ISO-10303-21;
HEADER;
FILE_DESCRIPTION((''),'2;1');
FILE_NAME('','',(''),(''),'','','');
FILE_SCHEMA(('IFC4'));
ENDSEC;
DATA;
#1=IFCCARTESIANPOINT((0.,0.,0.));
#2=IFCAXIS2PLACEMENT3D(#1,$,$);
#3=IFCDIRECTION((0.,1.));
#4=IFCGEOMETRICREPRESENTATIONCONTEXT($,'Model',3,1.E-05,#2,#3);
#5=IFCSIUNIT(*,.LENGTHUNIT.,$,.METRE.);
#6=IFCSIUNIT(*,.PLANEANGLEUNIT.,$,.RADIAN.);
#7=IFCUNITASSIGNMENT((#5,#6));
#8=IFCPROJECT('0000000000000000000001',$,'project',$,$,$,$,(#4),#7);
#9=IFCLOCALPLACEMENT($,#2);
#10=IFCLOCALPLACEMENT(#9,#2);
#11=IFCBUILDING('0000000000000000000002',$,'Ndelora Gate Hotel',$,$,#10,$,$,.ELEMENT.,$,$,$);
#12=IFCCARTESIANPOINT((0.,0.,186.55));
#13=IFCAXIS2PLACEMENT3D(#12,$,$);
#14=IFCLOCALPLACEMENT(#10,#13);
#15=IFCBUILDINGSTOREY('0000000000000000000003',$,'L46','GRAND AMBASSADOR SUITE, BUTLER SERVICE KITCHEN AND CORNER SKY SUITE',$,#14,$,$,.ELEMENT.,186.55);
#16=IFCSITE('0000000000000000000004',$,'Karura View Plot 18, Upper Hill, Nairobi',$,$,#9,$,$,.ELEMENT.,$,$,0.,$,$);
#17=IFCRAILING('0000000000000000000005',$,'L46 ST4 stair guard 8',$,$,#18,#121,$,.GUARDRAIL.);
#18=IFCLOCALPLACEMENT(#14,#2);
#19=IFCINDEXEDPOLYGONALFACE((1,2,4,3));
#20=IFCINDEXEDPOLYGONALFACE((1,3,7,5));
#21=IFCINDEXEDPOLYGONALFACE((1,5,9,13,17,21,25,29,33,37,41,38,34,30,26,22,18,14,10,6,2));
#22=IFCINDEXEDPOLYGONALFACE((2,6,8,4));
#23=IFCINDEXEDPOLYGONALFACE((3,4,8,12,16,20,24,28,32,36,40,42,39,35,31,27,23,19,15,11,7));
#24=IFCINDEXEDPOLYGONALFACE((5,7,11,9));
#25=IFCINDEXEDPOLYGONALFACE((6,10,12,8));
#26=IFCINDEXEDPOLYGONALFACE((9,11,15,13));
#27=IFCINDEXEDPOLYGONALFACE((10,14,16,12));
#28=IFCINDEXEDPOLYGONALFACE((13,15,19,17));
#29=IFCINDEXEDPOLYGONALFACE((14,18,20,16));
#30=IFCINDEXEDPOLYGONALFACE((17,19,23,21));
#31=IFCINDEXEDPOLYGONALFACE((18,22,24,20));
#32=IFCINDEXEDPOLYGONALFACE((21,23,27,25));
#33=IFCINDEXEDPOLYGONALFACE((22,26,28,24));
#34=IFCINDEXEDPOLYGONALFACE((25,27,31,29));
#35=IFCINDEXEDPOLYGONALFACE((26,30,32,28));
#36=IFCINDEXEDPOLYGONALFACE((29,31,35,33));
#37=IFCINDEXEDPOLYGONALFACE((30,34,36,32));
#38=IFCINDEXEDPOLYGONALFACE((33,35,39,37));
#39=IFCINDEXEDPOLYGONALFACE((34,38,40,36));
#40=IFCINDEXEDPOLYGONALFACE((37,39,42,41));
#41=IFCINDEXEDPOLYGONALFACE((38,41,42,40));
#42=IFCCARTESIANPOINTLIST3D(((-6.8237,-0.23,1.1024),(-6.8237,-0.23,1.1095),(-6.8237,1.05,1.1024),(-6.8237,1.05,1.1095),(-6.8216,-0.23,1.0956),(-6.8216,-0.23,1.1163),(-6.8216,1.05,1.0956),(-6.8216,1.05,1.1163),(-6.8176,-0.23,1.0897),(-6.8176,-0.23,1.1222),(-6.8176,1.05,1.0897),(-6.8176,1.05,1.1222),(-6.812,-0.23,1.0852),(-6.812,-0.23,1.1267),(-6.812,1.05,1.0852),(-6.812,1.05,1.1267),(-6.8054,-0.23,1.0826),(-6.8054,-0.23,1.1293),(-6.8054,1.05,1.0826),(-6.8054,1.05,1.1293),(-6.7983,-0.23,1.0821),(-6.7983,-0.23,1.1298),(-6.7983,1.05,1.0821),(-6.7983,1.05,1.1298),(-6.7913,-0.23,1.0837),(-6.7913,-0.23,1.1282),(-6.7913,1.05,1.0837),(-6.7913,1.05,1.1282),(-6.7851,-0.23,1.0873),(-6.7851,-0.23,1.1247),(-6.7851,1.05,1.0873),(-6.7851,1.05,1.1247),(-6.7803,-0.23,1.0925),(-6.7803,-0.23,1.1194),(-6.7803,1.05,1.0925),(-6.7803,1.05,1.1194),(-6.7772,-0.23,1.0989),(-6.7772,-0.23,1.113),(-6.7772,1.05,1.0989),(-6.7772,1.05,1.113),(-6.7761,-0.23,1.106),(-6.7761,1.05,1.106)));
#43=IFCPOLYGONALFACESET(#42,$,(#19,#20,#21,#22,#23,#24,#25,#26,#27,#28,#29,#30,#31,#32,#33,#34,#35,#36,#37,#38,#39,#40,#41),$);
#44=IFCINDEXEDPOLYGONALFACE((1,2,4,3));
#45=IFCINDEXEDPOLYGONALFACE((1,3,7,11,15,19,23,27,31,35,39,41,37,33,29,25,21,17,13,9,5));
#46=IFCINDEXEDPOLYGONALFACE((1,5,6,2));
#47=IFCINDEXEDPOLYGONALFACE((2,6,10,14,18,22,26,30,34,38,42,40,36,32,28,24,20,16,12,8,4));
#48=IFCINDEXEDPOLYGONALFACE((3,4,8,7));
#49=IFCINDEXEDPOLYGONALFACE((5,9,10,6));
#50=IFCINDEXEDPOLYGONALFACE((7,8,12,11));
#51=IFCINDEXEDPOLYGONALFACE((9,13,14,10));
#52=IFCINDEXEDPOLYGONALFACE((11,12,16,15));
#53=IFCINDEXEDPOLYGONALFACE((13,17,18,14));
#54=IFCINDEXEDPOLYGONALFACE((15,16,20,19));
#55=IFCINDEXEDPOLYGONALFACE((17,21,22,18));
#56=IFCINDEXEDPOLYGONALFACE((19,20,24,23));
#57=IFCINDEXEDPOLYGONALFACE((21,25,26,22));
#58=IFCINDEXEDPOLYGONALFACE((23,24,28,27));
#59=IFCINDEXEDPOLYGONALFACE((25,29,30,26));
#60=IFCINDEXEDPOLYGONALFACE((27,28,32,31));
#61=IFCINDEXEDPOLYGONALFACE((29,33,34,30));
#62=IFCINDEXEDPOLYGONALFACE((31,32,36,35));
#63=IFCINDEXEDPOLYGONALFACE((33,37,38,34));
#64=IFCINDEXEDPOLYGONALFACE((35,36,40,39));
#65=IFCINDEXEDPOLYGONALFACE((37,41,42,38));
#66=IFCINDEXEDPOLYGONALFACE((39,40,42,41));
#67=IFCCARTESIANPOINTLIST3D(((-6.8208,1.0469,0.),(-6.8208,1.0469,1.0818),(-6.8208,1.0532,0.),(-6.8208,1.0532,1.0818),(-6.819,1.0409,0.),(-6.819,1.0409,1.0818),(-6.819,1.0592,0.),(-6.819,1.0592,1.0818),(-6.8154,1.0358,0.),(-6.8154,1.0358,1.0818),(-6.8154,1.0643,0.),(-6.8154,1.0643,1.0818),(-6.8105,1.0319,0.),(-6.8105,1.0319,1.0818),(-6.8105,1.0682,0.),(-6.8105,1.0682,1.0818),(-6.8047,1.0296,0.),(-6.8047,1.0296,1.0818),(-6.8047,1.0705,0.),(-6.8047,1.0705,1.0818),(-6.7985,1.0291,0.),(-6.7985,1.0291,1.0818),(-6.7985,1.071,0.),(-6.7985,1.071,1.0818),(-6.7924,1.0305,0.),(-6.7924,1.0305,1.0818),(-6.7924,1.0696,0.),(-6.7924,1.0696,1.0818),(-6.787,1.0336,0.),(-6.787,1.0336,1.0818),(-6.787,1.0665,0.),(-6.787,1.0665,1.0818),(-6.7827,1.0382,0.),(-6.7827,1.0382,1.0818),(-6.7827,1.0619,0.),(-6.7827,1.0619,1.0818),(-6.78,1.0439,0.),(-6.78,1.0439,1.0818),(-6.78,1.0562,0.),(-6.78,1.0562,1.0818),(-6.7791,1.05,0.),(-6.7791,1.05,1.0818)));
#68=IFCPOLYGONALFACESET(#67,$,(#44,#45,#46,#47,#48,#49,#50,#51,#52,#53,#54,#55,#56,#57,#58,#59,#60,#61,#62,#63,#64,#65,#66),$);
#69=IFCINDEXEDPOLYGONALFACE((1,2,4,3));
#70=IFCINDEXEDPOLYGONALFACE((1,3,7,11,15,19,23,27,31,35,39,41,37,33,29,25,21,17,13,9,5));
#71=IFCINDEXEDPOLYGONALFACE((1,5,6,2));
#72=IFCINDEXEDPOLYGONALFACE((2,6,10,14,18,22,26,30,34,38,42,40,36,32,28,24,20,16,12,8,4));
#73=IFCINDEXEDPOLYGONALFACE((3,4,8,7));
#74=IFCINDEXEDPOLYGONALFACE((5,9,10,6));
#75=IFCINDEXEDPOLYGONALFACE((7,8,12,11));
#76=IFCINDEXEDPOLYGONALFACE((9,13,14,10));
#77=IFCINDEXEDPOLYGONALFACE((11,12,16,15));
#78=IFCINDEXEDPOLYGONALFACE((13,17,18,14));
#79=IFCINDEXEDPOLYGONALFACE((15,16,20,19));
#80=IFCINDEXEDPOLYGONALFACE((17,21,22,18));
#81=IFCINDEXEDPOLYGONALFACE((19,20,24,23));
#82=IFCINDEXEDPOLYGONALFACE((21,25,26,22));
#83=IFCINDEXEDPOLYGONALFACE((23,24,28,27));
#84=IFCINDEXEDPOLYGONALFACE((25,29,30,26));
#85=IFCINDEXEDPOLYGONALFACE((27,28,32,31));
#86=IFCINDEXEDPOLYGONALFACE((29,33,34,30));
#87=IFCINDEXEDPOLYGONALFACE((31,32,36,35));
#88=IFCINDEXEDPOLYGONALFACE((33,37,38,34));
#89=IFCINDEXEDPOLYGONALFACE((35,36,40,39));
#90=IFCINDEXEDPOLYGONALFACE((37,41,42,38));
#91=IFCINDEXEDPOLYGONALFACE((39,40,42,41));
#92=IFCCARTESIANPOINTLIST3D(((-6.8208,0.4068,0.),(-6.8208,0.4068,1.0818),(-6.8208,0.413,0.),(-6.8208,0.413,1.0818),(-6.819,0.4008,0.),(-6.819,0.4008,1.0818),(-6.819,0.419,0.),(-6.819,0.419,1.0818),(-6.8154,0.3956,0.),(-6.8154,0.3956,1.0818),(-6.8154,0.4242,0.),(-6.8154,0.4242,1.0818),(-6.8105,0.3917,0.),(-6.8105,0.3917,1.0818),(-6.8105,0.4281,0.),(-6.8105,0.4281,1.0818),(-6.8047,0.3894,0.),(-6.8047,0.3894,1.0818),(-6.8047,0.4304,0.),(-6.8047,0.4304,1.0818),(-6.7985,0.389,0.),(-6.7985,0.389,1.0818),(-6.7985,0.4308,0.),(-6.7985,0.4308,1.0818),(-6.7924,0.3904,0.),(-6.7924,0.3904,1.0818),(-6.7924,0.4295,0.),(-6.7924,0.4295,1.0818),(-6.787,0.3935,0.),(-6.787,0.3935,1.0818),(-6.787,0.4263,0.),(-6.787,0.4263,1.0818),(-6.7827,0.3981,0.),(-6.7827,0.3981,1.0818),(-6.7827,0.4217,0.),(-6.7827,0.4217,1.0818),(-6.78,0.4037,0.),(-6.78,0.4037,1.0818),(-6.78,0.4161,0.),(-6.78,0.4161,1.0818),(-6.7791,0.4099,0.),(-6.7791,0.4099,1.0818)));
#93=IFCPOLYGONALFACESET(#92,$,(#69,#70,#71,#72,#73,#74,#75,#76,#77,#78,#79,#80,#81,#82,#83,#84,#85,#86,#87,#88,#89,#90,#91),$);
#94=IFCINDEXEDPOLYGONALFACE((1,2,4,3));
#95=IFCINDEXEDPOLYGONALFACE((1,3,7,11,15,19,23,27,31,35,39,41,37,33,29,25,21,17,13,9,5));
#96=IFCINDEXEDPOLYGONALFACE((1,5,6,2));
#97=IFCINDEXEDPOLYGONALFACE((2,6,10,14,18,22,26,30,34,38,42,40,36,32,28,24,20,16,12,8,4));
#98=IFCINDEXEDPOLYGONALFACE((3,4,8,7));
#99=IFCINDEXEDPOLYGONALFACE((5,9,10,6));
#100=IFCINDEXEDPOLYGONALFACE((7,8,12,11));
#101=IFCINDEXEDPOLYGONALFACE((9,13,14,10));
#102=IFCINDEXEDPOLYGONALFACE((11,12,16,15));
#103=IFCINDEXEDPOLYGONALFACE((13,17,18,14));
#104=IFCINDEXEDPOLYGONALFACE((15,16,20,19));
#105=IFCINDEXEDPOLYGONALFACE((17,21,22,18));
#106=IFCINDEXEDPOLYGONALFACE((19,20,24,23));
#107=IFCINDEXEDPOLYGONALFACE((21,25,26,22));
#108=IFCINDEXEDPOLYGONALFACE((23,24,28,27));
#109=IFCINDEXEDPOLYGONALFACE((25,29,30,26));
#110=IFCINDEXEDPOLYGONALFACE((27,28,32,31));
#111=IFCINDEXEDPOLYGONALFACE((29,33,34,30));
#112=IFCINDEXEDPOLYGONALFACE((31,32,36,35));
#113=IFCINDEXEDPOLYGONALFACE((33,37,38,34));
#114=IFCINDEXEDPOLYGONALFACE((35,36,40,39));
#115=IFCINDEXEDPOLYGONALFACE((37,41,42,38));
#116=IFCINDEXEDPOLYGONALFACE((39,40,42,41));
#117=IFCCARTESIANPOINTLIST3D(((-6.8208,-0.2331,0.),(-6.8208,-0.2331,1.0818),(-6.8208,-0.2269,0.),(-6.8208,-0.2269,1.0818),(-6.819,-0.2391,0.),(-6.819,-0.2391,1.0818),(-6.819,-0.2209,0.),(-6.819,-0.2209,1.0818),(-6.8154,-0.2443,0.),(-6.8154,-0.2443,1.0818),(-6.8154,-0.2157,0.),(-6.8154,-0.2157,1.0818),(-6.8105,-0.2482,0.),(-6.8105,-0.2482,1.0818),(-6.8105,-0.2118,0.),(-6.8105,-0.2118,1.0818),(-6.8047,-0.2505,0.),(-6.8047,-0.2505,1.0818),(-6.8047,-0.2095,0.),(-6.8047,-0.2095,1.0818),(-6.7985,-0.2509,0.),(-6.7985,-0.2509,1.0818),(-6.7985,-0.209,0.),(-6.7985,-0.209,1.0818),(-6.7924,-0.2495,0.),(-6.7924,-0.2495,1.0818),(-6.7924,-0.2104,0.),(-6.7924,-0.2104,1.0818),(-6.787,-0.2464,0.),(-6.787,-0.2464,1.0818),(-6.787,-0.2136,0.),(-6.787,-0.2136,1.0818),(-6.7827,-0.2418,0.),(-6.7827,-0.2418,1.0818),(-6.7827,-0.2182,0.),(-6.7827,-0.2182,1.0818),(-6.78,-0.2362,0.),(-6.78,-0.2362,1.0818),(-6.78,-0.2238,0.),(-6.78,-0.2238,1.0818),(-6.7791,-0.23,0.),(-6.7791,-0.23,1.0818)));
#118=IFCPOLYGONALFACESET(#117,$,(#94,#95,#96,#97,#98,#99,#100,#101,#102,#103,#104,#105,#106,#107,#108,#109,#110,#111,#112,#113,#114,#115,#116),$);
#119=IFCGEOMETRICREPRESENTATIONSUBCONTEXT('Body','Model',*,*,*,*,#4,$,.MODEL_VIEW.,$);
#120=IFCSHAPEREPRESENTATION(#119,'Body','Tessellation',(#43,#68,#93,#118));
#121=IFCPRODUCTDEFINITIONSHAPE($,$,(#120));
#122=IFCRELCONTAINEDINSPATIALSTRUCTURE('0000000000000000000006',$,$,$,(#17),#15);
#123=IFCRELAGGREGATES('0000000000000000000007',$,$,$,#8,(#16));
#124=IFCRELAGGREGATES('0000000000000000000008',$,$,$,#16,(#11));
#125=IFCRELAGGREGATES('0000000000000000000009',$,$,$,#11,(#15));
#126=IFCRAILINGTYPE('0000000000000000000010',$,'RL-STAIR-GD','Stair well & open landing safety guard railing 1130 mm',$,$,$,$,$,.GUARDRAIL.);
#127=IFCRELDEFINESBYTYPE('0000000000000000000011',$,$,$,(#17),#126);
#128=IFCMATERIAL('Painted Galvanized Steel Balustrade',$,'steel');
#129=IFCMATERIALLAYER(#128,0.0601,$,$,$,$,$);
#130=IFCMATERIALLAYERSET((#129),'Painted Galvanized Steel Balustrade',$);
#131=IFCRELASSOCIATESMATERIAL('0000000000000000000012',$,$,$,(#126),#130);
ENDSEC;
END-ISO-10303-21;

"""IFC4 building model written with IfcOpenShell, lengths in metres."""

from ifc_helpers import new_model, si_unit, direction, frame, origin, origin_2d, place, context, subcontext, project, spatial, circle, extrude, material, layer, layer_set, type_object, element, save


model = new_model("IFC4")

# Units and contexts
model_context = context("Model", 3, precision=1e-05, world=origin(), true_north=direction((0.0, 1.0)))
body_context = subcontext(model_context, "Body", "Model", "MODEL_VIEW")
ifc_project = project(units=[si_unit("LENGTHUNIT", "METRE"), si_unit("PLANEANGLEUNIT", "RADIAN")], contexts=[model_context])

# Site, building, storey
site_placement = place(None, origin())
site = spatial("IfcSite", under=ifc_project, at=site_placement, Name="Karura View Plot 18, Upper Hill, Nairobi", CompositionType="ELEMENT", RefElevation=0.0)
building_placement = place(site_placement, origin())
building = spatial("IfcBuilding", under=site, at=building_placement, Name="Ndelora Gate Hotel", CompositionType="ELEMENT")
storey_placement = place(building_placement, frame((0.0, 0.0, 186.55)))
storey = spatial("IfcBuildingStorey", under=building, at=storey_placement, Name="L46", Description="GRAND AMBASSADOR SUITE, BUTLER SERVICE KITCHEN AND CORNER SKY SUITE", CompositionType="ELEMENT", Elevation=186.55)

# Railing
ifc_material_1 = material(Name="Painted Galvanized Steel Balustrade", Category="steel")
ifc_layer_1 = layer(ifc_material_1, 0.0601)
ifc_layer_set_1 = layer_set([ifc_layer_1], Name="Painted Galvanized Steel Balustrade")
railing_type = type_object("IfcRailingType", Name="RL-STAIR-GD", Description="Stair well & open landing safety guard railing 1130 mm", PredefinedType="GUARDRAIL", material=ifc_layer_set_1)
for number, where, name in (
    (1, (-6.8, 1.05, 0.0), "L46 ST4 stair guard 8"),
):
    element("IfcRailing", number, at=place(storey_placement, frame(where)), inside=storey, type_object=railing_type, Name=name, PredefinedType="GUARDRAIL", context=body_context, shape_type="SweptSolid", body=[
        extrude(circle(Radius=0.0239, at=origin_2d()), frame((0.0, 0.0, 1.106), z_axis=(0.0, -1.0, 0.0), x_axis=(1.0, 0.0, 0.0)), (0.0, 0.0, 1.0), 1.28),
        extrude(circle(Radius=0.021, at=origin_2d()), origin(), (0.0, 0.0, 1.0), 1.0818),
        extrude(circle(Radius=0.021, at=origin_2d()), frame((0.0, -0.6401, 0.0)), (0.0, 0.0, 1.0), 1.0818),
        extrude(circle(Radius=0.021, at=origin_2d()), frame((0.0, -1.28, 0.0)), (0.0, 0.0, 1.0), 1.0818),
    ])

save(model, "model.ifc")
